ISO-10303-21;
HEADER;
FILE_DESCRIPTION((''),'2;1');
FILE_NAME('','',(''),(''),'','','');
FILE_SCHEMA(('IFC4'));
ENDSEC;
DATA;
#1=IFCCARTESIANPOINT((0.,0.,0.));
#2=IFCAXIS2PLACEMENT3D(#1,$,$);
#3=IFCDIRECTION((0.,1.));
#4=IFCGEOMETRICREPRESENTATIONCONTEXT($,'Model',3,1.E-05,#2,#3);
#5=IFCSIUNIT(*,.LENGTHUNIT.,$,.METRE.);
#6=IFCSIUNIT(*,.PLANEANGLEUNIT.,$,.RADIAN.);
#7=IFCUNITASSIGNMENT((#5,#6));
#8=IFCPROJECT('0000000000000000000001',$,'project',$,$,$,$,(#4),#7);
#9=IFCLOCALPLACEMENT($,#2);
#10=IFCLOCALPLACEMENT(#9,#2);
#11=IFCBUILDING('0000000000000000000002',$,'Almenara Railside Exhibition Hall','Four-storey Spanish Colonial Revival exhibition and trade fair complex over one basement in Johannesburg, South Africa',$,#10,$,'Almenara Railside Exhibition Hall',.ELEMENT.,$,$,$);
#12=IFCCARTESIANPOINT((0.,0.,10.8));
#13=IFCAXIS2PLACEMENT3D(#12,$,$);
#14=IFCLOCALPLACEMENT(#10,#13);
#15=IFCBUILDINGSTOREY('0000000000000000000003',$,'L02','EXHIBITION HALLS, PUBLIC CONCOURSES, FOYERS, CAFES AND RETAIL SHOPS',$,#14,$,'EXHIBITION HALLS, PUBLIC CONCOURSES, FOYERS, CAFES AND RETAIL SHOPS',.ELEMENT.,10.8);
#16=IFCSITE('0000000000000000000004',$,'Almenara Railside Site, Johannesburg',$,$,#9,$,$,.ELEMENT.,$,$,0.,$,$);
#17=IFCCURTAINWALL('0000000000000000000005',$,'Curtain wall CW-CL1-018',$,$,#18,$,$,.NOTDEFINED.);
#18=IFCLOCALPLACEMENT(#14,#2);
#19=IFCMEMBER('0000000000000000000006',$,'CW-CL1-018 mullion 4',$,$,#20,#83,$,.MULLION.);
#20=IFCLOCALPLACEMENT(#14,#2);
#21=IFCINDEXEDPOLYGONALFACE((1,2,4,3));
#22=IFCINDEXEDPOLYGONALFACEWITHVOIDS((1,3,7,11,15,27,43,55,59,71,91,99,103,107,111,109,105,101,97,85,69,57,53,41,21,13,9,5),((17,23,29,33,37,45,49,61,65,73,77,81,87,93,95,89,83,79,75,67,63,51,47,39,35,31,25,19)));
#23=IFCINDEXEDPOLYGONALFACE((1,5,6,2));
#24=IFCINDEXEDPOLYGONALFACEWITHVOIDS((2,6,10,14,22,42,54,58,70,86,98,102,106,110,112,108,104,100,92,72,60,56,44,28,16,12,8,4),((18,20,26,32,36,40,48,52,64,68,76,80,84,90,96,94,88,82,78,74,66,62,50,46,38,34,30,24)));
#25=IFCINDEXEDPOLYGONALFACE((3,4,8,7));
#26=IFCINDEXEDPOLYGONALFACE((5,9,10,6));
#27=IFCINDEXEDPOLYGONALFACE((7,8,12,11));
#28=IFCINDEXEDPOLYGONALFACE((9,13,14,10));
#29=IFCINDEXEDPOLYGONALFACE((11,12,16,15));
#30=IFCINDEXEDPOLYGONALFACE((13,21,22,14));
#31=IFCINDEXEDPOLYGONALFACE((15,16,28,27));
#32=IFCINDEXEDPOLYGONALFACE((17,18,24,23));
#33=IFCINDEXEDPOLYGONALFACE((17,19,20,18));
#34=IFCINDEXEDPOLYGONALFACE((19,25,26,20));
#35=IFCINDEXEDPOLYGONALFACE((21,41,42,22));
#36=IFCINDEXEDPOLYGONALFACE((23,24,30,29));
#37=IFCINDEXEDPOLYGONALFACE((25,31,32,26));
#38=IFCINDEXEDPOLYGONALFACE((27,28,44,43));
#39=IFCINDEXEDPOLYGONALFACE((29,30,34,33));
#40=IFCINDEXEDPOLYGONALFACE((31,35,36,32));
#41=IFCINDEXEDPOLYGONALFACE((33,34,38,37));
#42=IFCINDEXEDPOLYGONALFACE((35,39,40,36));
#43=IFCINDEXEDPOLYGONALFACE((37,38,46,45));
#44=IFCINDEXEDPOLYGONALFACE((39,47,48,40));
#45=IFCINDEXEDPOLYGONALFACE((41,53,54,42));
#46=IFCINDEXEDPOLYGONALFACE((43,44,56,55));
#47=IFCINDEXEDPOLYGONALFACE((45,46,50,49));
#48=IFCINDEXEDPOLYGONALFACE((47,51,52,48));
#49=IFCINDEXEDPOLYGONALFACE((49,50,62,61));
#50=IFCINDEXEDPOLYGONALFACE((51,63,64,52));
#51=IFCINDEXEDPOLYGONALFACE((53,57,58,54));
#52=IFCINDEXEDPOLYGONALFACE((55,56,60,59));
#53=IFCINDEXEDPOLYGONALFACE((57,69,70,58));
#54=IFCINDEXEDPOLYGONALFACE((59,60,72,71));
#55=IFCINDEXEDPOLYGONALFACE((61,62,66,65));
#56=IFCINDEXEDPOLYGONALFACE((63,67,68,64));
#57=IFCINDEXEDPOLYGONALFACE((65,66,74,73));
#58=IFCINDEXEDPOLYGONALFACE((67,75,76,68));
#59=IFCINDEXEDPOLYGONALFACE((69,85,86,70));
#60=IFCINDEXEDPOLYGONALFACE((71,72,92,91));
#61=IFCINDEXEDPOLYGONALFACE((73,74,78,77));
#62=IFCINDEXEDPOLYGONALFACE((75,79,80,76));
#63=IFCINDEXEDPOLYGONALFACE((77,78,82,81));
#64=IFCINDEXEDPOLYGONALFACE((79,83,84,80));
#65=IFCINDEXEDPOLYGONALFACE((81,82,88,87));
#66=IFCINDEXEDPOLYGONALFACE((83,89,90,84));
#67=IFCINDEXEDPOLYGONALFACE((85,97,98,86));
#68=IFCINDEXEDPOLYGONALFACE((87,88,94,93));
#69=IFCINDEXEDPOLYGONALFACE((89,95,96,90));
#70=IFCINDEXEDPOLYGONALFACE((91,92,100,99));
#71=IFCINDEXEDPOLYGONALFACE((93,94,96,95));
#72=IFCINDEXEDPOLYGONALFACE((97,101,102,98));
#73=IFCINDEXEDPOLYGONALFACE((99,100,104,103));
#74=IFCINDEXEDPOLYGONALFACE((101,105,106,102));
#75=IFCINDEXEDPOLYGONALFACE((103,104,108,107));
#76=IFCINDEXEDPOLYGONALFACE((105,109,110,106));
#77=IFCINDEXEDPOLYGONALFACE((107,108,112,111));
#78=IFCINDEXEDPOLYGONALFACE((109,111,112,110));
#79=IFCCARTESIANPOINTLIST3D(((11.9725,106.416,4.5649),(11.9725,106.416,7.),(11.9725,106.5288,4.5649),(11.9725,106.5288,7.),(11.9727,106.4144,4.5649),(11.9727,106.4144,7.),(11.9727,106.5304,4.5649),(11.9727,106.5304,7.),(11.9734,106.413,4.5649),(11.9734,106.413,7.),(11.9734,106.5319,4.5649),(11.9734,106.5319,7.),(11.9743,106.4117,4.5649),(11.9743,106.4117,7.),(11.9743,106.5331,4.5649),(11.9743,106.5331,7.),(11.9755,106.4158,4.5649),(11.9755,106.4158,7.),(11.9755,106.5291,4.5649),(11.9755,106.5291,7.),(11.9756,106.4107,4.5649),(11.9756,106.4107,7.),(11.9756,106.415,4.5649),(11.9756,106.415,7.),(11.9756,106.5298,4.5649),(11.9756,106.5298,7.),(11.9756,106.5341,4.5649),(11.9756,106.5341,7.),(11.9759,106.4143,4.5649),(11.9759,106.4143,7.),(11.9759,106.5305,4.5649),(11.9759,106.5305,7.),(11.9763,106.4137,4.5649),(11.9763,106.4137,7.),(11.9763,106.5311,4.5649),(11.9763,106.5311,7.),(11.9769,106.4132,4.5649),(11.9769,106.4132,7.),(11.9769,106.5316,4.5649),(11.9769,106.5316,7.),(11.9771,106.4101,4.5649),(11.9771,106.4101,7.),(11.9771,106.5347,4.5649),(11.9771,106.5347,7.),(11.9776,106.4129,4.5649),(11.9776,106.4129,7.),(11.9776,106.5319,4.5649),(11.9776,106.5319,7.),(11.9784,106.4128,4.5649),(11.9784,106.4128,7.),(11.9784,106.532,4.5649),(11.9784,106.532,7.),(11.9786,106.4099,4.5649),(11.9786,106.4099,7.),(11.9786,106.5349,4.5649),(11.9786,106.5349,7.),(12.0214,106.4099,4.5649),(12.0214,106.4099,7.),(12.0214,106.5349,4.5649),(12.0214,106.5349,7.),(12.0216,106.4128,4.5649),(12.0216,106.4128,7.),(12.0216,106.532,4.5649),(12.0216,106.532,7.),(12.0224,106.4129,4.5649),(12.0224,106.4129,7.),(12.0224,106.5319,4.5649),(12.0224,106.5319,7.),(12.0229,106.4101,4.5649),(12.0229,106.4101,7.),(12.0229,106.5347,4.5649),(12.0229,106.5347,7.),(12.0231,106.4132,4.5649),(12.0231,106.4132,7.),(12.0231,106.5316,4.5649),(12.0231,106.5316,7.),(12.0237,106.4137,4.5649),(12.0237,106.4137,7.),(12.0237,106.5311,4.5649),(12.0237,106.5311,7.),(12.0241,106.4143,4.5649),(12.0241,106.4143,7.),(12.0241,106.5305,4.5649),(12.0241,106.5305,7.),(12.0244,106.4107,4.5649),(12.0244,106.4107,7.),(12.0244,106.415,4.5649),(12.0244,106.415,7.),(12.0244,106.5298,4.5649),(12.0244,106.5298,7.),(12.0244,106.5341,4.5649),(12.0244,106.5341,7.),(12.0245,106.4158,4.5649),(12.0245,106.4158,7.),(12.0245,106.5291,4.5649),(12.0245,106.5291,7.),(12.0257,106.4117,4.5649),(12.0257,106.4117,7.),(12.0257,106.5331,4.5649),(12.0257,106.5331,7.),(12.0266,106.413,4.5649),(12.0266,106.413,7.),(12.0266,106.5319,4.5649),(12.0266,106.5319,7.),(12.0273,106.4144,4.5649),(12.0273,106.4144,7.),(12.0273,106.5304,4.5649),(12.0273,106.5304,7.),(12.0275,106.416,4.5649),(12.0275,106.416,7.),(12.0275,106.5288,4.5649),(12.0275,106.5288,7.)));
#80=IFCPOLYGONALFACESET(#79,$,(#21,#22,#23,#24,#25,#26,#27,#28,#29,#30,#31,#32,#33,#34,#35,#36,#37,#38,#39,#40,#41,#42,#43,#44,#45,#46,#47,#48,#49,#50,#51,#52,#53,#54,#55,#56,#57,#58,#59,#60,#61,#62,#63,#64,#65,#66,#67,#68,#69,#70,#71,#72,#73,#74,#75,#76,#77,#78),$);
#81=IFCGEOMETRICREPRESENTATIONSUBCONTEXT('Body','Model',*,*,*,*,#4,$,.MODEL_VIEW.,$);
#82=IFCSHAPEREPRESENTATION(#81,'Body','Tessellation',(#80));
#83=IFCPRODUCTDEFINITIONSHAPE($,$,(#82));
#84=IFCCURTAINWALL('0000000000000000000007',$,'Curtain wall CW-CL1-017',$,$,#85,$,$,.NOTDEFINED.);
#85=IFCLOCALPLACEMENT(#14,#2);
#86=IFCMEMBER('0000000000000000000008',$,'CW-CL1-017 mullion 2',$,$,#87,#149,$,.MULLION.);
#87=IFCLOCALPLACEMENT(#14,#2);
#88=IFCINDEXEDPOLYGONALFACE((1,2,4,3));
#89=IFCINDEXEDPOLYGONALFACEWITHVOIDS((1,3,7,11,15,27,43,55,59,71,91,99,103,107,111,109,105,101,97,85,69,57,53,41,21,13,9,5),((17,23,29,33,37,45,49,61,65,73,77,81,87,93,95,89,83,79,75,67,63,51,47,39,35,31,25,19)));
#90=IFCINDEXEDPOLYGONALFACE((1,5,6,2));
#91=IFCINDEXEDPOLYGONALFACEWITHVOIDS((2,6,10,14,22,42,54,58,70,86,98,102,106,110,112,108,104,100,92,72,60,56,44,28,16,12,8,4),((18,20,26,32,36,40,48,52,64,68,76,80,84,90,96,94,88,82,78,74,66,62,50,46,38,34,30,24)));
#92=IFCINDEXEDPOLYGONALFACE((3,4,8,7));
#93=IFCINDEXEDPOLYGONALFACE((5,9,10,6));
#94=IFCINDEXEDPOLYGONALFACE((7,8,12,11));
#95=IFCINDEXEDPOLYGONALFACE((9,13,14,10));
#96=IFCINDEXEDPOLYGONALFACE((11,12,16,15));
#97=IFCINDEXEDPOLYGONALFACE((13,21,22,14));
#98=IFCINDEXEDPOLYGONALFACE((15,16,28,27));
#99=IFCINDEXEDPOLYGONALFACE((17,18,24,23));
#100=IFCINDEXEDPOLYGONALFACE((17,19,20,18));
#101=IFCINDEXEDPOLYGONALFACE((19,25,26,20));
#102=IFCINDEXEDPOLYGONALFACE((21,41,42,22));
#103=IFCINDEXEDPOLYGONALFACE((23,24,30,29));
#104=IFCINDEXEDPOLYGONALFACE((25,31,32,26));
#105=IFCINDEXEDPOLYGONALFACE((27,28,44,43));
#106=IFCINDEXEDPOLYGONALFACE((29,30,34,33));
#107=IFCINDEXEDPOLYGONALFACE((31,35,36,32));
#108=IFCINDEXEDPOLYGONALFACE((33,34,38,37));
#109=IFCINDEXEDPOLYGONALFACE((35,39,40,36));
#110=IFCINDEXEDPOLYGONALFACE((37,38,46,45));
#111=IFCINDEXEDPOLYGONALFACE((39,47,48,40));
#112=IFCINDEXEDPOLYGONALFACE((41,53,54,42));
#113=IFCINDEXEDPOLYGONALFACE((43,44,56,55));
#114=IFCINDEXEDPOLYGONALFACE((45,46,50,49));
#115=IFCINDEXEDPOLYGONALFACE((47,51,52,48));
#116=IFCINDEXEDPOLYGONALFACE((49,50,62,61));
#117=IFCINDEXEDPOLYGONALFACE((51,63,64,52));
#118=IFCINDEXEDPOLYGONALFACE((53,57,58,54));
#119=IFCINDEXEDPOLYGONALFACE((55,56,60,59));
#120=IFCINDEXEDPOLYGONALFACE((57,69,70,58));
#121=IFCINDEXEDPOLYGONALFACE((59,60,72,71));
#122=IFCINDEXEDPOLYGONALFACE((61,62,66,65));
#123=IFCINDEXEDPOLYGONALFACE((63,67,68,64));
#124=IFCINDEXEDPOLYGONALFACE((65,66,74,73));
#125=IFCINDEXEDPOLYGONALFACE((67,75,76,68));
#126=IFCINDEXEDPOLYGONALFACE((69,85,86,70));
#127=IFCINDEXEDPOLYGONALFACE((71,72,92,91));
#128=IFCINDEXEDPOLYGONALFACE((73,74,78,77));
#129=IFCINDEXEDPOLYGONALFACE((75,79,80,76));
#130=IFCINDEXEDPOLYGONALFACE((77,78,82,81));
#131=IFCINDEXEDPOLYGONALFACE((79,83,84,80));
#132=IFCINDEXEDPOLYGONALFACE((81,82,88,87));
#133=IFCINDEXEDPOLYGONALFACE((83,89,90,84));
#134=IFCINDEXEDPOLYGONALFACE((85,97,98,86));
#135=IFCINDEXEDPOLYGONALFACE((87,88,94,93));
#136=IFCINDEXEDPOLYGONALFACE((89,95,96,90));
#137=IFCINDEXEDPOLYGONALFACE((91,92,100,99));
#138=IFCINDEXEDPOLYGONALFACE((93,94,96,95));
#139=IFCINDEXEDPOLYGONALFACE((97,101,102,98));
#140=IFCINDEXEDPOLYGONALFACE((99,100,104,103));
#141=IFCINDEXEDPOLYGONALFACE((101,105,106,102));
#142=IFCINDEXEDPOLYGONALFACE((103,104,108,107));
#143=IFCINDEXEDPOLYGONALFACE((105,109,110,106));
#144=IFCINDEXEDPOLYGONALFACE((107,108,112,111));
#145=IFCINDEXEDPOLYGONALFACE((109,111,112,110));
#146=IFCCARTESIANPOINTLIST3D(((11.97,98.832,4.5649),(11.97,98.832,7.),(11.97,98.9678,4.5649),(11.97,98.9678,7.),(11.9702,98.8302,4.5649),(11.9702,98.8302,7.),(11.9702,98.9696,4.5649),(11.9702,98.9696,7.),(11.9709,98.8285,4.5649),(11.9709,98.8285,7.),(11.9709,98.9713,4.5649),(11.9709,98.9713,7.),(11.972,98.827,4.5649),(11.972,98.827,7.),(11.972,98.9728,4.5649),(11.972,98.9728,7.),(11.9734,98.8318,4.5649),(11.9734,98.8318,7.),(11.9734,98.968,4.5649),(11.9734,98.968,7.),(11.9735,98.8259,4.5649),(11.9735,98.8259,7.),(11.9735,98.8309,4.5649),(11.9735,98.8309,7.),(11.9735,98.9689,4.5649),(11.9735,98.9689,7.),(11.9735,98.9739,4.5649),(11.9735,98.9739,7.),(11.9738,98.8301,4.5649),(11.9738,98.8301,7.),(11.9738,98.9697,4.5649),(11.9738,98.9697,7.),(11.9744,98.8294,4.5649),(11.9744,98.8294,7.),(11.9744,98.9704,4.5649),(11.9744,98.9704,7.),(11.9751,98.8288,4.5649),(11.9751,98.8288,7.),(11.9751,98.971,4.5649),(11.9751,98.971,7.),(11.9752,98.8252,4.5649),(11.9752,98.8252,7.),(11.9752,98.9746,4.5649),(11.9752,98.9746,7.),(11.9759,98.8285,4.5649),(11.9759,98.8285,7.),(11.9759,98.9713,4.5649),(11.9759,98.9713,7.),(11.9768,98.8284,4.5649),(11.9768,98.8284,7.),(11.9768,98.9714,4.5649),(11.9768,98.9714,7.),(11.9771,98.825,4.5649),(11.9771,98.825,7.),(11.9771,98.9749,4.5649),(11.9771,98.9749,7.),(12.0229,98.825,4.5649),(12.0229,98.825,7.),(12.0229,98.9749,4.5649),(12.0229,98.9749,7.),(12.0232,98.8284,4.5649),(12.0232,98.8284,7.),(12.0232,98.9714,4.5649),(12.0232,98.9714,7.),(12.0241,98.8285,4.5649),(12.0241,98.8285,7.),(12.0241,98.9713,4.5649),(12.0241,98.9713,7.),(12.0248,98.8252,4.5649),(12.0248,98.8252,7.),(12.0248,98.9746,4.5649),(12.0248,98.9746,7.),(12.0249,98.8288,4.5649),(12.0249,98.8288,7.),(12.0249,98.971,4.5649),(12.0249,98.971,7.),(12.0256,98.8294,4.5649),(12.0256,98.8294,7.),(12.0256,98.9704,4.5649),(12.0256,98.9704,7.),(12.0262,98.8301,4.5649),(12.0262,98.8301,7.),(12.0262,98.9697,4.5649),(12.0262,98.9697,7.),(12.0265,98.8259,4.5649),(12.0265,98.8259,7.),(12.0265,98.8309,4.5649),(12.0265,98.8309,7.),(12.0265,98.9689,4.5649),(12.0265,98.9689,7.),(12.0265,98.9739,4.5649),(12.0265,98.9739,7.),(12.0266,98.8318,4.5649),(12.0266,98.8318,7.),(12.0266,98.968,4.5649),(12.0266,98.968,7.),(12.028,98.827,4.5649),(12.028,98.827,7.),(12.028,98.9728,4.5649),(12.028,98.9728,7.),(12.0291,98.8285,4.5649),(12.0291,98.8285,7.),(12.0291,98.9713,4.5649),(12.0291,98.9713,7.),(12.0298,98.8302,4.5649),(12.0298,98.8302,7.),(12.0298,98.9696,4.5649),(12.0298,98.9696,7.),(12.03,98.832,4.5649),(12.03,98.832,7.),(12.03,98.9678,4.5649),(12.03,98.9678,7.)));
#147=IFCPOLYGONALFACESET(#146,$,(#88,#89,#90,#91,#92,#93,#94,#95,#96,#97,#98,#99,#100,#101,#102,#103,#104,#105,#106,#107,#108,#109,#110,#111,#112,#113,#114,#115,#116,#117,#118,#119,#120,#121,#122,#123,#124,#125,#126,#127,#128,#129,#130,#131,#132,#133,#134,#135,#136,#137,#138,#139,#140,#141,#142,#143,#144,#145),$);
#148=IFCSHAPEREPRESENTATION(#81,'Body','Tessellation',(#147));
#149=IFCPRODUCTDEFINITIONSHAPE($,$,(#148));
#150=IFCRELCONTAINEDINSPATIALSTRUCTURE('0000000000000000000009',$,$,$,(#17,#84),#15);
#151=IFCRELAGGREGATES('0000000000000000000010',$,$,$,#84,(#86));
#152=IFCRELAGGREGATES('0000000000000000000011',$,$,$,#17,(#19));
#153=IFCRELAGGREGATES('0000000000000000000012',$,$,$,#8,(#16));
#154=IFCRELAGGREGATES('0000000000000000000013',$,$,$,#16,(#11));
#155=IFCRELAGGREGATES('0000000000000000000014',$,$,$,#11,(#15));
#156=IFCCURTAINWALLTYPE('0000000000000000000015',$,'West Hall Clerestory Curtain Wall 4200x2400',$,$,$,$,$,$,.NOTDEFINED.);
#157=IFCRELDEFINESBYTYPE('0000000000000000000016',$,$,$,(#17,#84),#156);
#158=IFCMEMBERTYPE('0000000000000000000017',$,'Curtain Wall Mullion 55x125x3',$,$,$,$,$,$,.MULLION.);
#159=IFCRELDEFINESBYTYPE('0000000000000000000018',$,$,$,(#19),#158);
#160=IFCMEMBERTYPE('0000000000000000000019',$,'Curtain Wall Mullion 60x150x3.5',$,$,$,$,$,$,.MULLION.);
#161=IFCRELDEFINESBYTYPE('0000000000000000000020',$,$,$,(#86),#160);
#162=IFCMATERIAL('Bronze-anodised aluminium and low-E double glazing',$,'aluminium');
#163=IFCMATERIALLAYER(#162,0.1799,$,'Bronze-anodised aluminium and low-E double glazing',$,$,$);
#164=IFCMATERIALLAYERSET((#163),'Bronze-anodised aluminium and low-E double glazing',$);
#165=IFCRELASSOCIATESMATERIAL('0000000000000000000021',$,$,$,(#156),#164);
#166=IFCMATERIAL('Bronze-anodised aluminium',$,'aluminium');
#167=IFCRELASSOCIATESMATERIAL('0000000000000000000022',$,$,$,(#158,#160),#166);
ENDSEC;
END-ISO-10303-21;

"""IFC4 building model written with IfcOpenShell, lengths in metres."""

from ifc_helpers import new_model, si_unit, direction, frame, origin, origin_2d, place, context, subcontext, project, spatial, hollow_rectangle, extrude, material, layer, layer_set, material_profile, profile_set, type_object, element, aggregate, save


model = new_model("IFC4")

# Units and contexts
model_context = context("Model", 3, precision=1e-05, world=origin(), true_north=direction((0.0, 1.0)))
body_context = subcontext(model_context, "Body", "Model", "MODEL_VIEW")
ifc_project = project(units=[si_unit("LENGTHUNIT", "METRE"), si_unit("PLANEANGLEUNIT", "RADIAN")], contexts=[model_context])

# Site, building, storey
site_placement = place(None, origin())
site = spatial("IfcSite", under=ifc_project, at=site_placement, Name="Almenara Railside Site, Johannesburg", CompositionType="ELEMENT", RefElevation=0.0)
building_placement = place(site_placement, origin())
building = spatial("IfcBuilding", under=site, at=building_placement, Name="Almenara Railside Exhibition Hall", Description="Four-storey Spanish Colonial Revival exhibition and trade fair complex over one basement in Johannesburg, South Africa", LongName="Almenara Railside Exhibition Hall", CompositionType="ELEMENT")
storey_placement = place(building_placement, frame((0.0, 0.0, 10.8)))
storey = spatial("IfcBuildingStorey", under=building, at=storey_placement, Name="L02", Description="EXHIBITION HALLS, PUBLIC CONCOURSES, FOYERS, CAFES AND RETAIL SHOPS", LongName="EXHIBITION HALLS, PUBLIC CONCOURSES, FOYERS, CAFES AND RETAIL SHOPS", CompositionType="ELEMENT", Elevation=10.8)

# Curtain walls, members
ifc_material_1 = material(Name="Bronze-anodised aluminium and low-E double glazing", Category="aluminium")
ifc_layer_1 = layer(ifc_material_1, 0.1799, Name="Bronze-anodised aluminium and low-E double glazing")
ifc_layer_set_1 = layer_set([ifc_layer_1], Name="Bronze-anodised aluminium and low-E double glazing")
curtain_wall_type = type_object("IfcCurtainWallType", Name="West Hall Clerestory Curtain Wall 4200x2400", PredefinedType="NOTDEFINED", material=ifc_layer_set_1)
curtain_wall_1_placement = place(storey_placement, origin())
curtain_wall_1 = element("IfcCurtainWall", 1, at=curtain_wall_1_placement, inside=storey, type_object=curtain_wall_type, Name="Curtain wall CW-CL1-018", PredefinedType="NOTDEFINED")
ifc_material_2 = material(Name="Bronze-anodised aluminium", Category="aluminium")
ifc_material_profile_1 = material_profile(ifc_material_2, hollow_rectangle(XDim=0.0549, YDim=0.125, WallThickness=0.0029, InnerFilletRadius=0.0029, OuterFilletRadius=0.0061, at=origin_2d()), Name="ALU-MUL 55x125x3")
ifc_profile_set_1 = profile_set([ifc_material_profile_1], Name="Bronze-anodised aluminium")
member_type_1 = type_object("IfcMemberType", Name="Curtain Wall Mullion 55x125x3", PredefinedType="MULLION", material=ifc_profile_set_1)
member_1_placement = place(storey_placement, frame((12.0, 106.4724, 4.5649), z_axis=(0.0, 0.0, 1.0), x_axis=(-1.0, 0.0, 0.0)))
member_1 = element("IfcMember", 2, at=member_1_placement, type_object=member_type_1, Name="CW-CL1-018 mullion 4", PredefinedType="MULLION", context=body_context, shape_type="SweptSolid", body=[
    extrude(hollow_rectangle(XDim=0.0549, YDim=0.125, WallThickness=0.0029, InnerFilletRadius=0.0029, OuterFilletRadius=0.0061, at=origin_2d()), origin(), (0.0, 0.0, 1.0), 2.4351),
])
curtain_wall_2_placement = place(storey_placement, origin())
curtain_wall_2 = element("IfcCurtainWall", 3, at=curtain_wall_2_placement, inside=storey, type_object=curtain_wall_type, Name="Curtain wall CW-CL1-017", PredefinedType="NOTDEFINED")
ifc_material_profile_2 = material_profile(ifc_material_2, hollow_rectangle(XDim=0.0601, YDim=0.1499, WallThickness=0.0034, InnerFilletRadius=0.0034, OuterFilletRadius=0.0071, at=origin_2d()), Name="ALU-MUL 60x150x3.5")
ifc_profile_set_2 = profile_set([ifc_material_profile_2], Name="Bronze-anodised aluminium")
member_type_2 = type_object("IfcMemberType", Name="Curtain Wall Mullion 60x150x3.5", PredefinedType="MULLION", material=ifc_profile_set_2)
member_2_placement = place(storey_placement, frame((12.0, 98.8999, 4.5649), z_axis=(0.0, 0.0, 1.0), x_axis=(-1.0, 0.0, 0.0)))
member_2 = element("IfcMember", 4, at=member_2_placement, type_object=member_type_2, Name="CW-CL1-017 mullion 2", PredefinedType="MULLION", context=body_context, shape_type="SweptSolid", body=[
    extrude(hollow_rectangle(XDim=0.0601, YDim=0.1499, WallThickness=0.0034, InnerFilletRadius=0.0034, OuterFilletRadius=0.0071, at=origin_2d()), origin(), (0.0, 0.0, 1.0), 2.4351),
])

aggregate(curtain_wall_2, [member_2])
aggregate(curtain_wall_1, [member_1])

save(model, "model.ifc")
